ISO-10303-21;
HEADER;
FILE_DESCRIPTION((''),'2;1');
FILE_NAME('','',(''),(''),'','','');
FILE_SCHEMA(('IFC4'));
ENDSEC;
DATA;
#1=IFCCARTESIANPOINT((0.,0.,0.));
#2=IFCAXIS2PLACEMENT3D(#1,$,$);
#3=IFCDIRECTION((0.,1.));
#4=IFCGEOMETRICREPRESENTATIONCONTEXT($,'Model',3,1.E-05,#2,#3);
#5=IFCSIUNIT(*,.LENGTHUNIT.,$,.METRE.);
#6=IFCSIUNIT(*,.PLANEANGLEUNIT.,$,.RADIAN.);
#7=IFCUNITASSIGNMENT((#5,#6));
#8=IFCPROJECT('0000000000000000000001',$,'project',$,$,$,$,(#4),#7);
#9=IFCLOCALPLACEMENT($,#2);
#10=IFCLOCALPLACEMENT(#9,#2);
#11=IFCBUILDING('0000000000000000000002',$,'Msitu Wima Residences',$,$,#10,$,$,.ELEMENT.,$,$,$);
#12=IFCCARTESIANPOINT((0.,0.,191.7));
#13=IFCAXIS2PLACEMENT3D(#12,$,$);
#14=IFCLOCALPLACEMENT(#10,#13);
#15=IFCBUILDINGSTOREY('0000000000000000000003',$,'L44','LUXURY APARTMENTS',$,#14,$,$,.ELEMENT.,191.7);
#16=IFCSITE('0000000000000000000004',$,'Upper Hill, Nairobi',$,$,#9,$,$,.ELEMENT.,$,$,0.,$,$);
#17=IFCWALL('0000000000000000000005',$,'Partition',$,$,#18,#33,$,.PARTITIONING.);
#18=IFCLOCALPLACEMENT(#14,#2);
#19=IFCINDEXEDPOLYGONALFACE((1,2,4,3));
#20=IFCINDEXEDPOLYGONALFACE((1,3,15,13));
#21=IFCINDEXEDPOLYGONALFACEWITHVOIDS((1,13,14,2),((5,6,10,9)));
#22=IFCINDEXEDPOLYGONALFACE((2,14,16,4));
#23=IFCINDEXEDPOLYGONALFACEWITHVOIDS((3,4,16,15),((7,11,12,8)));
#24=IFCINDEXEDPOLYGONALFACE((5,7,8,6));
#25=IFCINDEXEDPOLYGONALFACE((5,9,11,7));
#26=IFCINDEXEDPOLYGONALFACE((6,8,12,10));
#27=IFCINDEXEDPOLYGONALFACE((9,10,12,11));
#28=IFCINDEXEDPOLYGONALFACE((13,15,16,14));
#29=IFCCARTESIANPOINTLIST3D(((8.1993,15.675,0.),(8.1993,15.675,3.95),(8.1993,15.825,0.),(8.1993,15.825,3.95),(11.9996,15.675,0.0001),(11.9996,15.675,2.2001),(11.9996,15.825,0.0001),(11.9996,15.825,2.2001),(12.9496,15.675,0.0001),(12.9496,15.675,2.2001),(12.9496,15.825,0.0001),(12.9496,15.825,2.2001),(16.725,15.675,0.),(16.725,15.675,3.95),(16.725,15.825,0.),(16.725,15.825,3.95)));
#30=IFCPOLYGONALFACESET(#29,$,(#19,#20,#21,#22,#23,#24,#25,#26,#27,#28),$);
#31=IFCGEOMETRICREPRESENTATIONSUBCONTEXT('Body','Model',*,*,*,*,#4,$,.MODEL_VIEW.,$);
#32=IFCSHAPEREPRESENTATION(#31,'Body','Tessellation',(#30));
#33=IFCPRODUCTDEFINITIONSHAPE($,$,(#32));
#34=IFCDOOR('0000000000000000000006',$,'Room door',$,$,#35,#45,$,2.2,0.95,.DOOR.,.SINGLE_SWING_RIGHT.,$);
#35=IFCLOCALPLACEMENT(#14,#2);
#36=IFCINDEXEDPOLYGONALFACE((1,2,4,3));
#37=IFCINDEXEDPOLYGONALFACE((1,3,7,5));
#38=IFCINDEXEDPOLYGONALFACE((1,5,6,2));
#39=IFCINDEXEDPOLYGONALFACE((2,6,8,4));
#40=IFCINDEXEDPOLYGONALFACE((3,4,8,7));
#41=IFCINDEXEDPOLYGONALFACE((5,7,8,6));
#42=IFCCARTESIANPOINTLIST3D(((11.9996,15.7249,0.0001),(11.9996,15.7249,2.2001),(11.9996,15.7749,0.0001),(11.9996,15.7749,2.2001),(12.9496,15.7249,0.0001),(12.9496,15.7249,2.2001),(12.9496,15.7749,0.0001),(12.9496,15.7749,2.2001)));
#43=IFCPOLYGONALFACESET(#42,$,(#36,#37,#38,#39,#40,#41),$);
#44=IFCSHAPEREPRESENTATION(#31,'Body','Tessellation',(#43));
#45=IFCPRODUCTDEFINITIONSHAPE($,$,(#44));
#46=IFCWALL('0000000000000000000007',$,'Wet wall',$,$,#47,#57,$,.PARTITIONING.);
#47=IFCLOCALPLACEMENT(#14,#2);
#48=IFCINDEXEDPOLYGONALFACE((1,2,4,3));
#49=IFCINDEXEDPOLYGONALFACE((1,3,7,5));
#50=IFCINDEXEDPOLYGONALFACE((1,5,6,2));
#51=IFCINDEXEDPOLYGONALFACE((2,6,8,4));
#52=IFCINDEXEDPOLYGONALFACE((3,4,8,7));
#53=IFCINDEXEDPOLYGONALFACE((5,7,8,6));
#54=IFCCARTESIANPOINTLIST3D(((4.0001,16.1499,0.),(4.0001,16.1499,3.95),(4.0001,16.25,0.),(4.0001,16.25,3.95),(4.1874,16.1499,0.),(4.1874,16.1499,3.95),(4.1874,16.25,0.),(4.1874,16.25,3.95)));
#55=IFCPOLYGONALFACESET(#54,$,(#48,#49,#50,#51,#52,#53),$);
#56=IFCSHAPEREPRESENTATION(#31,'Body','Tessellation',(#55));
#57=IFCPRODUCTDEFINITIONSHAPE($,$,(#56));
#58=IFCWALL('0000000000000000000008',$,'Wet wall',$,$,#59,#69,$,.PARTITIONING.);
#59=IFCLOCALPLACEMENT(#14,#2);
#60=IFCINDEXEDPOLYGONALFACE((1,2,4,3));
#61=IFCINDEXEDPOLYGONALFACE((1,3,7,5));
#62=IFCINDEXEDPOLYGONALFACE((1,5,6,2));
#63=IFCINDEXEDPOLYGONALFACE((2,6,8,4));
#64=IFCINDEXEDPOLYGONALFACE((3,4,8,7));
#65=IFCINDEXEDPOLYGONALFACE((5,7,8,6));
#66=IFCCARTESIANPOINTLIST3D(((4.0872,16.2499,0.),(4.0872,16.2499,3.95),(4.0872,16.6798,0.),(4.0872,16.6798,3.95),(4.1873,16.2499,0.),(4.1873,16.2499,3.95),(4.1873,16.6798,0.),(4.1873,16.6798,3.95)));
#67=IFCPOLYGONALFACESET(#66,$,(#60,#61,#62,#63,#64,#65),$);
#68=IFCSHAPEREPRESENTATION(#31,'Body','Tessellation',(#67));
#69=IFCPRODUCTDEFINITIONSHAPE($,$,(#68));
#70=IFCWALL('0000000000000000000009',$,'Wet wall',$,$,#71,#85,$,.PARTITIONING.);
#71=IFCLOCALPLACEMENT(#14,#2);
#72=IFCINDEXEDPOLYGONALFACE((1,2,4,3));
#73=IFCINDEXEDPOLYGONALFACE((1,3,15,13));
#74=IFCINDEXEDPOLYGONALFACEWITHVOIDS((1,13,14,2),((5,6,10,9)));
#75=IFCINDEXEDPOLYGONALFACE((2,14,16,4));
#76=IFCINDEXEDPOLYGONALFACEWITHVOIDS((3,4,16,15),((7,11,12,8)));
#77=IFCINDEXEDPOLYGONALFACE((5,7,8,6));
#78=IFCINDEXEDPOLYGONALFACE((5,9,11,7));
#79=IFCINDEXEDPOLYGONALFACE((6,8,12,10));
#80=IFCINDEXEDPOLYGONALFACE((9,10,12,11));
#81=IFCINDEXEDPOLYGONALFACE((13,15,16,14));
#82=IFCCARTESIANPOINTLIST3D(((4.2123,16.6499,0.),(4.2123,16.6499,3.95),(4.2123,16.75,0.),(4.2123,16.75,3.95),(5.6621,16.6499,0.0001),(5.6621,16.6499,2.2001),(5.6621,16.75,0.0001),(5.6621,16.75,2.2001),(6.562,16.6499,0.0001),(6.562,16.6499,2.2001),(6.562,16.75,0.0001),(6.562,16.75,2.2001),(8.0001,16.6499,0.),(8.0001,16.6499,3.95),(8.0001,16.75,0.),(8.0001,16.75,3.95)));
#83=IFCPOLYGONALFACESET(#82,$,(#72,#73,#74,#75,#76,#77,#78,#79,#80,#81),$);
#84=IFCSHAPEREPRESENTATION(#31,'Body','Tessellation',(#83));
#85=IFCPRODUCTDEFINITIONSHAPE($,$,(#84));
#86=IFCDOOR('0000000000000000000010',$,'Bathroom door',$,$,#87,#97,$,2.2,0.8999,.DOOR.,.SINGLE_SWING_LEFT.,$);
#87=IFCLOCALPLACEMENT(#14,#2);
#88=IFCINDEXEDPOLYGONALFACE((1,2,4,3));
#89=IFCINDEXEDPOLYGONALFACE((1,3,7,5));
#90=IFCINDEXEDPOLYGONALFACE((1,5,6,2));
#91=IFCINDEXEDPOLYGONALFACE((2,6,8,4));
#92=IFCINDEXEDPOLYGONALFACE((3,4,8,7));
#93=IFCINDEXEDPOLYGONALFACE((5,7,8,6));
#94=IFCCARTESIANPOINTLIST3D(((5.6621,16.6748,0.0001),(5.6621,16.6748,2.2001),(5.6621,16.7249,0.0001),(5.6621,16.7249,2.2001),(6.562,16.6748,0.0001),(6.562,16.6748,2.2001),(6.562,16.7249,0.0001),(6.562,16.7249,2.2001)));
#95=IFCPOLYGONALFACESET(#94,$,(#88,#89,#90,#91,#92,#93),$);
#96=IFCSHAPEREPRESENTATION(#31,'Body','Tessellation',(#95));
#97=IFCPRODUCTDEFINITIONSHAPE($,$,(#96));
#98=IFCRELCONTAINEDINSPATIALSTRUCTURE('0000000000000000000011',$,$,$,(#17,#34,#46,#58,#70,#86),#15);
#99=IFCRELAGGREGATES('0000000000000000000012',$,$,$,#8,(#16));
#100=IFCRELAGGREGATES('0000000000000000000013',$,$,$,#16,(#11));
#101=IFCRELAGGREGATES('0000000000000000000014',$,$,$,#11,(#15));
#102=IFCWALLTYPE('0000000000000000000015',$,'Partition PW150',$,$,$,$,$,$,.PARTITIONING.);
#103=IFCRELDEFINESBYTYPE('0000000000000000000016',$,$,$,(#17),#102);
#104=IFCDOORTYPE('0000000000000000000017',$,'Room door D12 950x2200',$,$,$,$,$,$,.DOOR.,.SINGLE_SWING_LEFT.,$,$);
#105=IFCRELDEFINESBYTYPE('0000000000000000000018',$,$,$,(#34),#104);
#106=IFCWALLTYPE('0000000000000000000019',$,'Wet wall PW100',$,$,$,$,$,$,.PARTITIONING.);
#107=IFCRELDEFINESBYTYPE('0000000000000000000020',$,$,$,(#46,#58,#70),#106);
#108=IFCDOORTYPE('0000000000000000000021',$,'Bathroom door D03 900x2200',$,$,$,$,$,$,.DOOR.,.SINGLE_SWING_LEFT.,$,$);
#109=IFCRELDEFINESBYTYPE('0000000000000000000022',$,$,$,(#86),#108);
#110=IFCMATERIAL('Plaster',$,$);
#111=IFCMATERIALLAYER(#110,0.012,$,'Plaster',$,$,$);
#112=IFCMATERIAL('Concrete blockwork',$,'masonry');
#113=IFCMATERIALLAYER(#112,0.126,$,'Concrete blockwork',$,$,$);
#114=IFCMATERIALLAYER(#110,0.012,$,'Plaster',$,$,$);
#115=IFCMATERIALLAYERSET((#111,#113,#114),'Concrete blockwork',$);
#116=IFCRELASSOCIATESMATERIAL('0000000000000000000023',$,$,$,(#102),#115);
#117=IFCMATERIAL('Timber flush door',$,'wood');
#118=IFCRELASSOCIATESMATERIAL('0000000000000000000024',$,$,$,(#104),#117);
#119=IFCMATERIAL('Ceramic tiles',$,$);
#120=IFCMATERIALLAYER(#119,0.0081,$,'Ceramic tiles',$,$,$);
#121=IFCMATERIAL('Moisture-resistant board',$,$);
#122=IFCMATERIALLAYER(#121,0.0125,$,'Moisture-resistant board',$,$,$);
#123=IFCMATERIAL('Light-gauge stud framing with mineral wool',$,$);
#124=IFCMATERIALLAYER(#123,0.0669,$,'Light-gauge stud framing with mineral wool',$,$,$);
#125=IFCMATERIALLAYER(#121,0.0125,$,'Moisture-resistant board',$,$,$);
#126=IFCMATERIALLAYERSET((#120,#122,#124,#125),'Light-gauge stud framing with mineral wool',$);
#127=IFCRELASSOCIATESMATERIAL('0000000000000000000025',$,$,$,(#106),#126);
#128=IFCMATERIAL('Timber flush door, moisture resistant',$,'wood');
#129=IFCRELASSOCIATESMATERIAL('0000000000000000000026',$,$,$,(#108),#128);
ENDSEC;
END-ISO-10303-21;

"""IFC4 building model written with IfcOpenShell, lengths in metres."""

from ifc_helpers import new_model, si_unit, direction, frame, frame_2d, origin, place, context, subcontext, project, spatial, rectangle, extrude, material, layer, layer_set, type_object, element, fill, save


model = new_model("IFC4")

# Units and contexts
model_context = context("Model", 3, precision=1e-05, world=origin(), true_north=direction((0.0, 1.0)))
body_context = subcontext(model_context, "Body", "Model", "MODEL_VIEW")
ifc_project = project(units=[si_unit("LENGTHUNIT", "METRE"), si_unit("PLANEANGLEUNIT", "RADIAN")], contexts=[model_context])

# Site, building, storey
site_placement = place(None, origin())
site = spatial("IfcSite", under=ifc_project, at=site_placement, Name="Upper Hill, Nairobi", CompositionType="ELEMENT", RefElevation=0.0)
building_placement = place(site_placement, origin())
building = spatial("IfcBuilding", under=site, at=building_placement, Name="Msitu Wima Residences", CompositionType="ELEMENT")
storey_placement = place(building_placement, frame((0.0, 0.0, 191.7)))
storey = spatial("IfcBuildingStorey", under=building, at=storey_placement, Name="L44", Description="LUXURY APARTMENTS", CompositionType="ELEMENT", Elevation=191.7)

# Shared definitions
ifc_material_1 = material(Name="Plaster")
ifc_layer_1 = layer(ifc_material_1, 0.012, Name="Plaster")
ifc_material_2 = material(Name="Concrete blockwork", Category="masonry")
ifc_layer_2 = layer(ifc_material_2, 0.126, Name="Concrete blockwork")
ifc_layer_3 = layer(ifc_material_1, 0.012, Name="Plaster")
ifc_layer_set_1 = layer_set([ifc_layer_1, ifc_layer_2, ifc_layer_3], Name="Concrete blockwork")
wall_type_1 = type_object("IfcWallType", Name="Partition PW150", PredefinedType="PARTITIONING", material=ifc_layer_set_1)
ifc_material_3 = material(Name="Timber flush door", Category="wood")
door_type_1 = type_object("IfcDoorType", Name="Room door D12 950x2200", OperationType="SINGLE_SWING_LEFT", PredefinedType="DOOR", material=ifc_material_3)

# Wall, opening, door
wall_1_placement = place(storey_placement, frame((8.1995, 15.75, 0.0), z_axis=(0.0, 0.0, 1.0), x_axis=(1.0, 0.0, 0.0)))
wall_1 = element("IfcWall", 1, at=wall_1_placement, inside=storey, type_object=wall_type_1, Name="Partition", PredefinedType="PARTITIONING", context=body_context, shape_type="SweptSolid", body=[
    extrude(rectangle(XDim=8.5256, YDim=0.1499, at=frame_2d((4.2627, 0.0))), origin(), (0.0, 0.0, 1.0), 3.95),
])
opening_1_placement = place(wall_1_placement, frame((3.8, 0.0, 0.0)))
opening_1 = element("IfcOpeningElement", 2, at=opening_1_placement, cuts=wall_1, PredefinedType="OPENING", context=body_context, shape_type="SweptSolid", body=[
    extrude(rectangle(XDim=0.95, YDim=2.2, at=frame_2d((0.4751, 1.1001))), frame((0.0, 0.085, 0.0), z_axis=(0.0, -1.0, 0.0), x_axis=(1.0, 0.0, 0.0)), (0.0, 0.0, 1.0), 0.1699),
])
door_1_placement = place(opening_1_placement, origin())
door_1 = element("IfcDoor", 3, at=door_1_placement, inside=storey, type_object=door_type_1, Name="Room door", OperationType="SINGLE_SWING_RIGHT", OverallHeight=2.2, OverallWidth=0.95, PredefinedType="DOOR", context=body_context, shape_type="SweptSolid", body=[
    extrude(rectangle(XDim=0.95, YDim=2.2, at=frame_2d((0.4751, 1.1001))), frame((0.0, 0.0249, 0.0), z_axis=(0.0, -1.0, 0.0), x_axis=(1.0, 0.0, 0.0)), (0.0, 0.0, 1.0), 0.05),
])
fill(opening_1, door_1)

# Walls
ifc_material_4 = material(Name="Ceramic tiles")
ifc_layer_4 = layer(ifc_material_4, 0.0081, Name="Ceramic tiles")
ifc_material_5 = material(Name="Moisture-resistant board")
ifc_layer_5 = layer(ifc_material_5, 0.0125, Name="Moisture-resistant board")
ifc_material_6 = material(Name="Light-gauge stud framing with mineral wool")
ifc_layer_6 = layer(ifc_material_6, 0.0669, Name="Light-gauge stud framing with mineral wool")
ifc_layer_7 = layer(ifc_material_5, 0.0125, Name="Moisture-resistant board")
ifc_layer_set_2 = layer_set([ifc_layer_4, ifc_layer_5, ifc_layer_6, ifc_layer_7], Name="Light-gauge stud framing with mineral wool")
wall_type_2 = type_object("IfcWallType", Name="Wet wall PW100", PredefinedType="PARTITIONING", material=ifc_layer_set_2)
wall_2_placement = place(storey_placement, frame((4.0, 16.2, 0.0), z_axis=(0.0, 0.0, 1.0), x_axis=(1.0, 0.0, 0.0)))
element("IfcWall", 4, at=wall_2_placement, inside=storey, type_object=wall_type_2, Name="Wet wall", PredefinedType="PARTITIONING", context=body_context, shape_type="SweptSolid", body=[
    extrude(rectangle(XDim=0.1873, YDim=0.1001, at=frame_2d((0.0938, 0.0))), origin(), (0.0, 0.0, 1.0), 3.95),
])
wall_3_placement = place(storey_placement, frame((4.1372, 16.25, 0.0), z_axis=(0.0, 0.0, 1.0), x_axis=(0.0, 1.0, 0.0)))
element("IfcWall", 5, at=wall_3_placement, inside=storey, type_object=wall_type_2, Name="Wet wall", PredefinedType="PARTITIONING", context=body_context, shape_type="SweptSolid", body=[
    extrude(rectangle(XDim=0.4299, YDim=0.1001, at=frame_2d((0.2148, 0.0))), origin(), (0.0, 0.0, 1.0), 3.95),
])

# Wall, opening, door
wall_4_placement = place(storey_placement, frame((4.2122, 16.7, 0.0), z_axis=(0.0, 0.0, 1.0), x_axis=(1.0, 0.0, 0.0)))
wall_4 = element("IfcWall", 6, at=wall_4_placement, inside=storey, type_object=wall_type_2, Name="Wet wall", PredefinedType="PARTITIONING", context=body_context, shape_type="SweptSolid", body=[
    extrude(rectangle(XDim=3.7878, YDim=0.1001, at=frame_2d((1.894, 0.0))), origin(), (0.0, 0.0, 1.0), 3.95),
])
opening_2_placement = place(wall_4_placement, frame((1.45, 0.0, 0.0)))
opening_2 = element("IfcOpeningElement", 7, at=opening_2_placement, cuts=wall_4, PredefinedType="OPENING", context=body_context, shape_type="SweptSolid", body=[
    extrude(rectangle(XDim=0.8999, YDim=2.2, at=frame_2d((0.45, 1.1001))), frame((0.0, 0.0601, 0.0), z_axis=(0.0, -1.0, 0.0), x_axis=(1.0, 0.0, 0.0)), (0.0, 0.0, 1.0), 0.1201),
])
ifc_material_7 = material(Name="Timber flush door, moisture resistant", Category="wood")
door_type_2 = type_object("IfcDoorType", Name="Bathroom door D03 900x2200", OperationType="SINGLE_SWING_LEFT", PredefinedType="DOOR", material=ifc_material_7)
door_2_placement = place(opening_2_placement, origin())
door_2 = element("IfcDoor", 8, at=door_2_placement, inside=storey, type_object=door_type_2, Name="Bathroom door", OperationType="SINGLE_SWING_LEFT", OverallHeight=2.2, OverallWidth=0.8999, PredefinedType="DOOR", context=body_context, shape_type="SweptSolid", body=[
    extrude(rectangle(XDim=0.8999, YDim=2.2, at=frame_2d((0.45, 1.1001))), frame((0.0, 0.0249, 0.0), z_axis=(0.0, -1.0, 0.0), x_axis=(1.0, 0.0, 0.0)), (0.0, 0.0, 1.0), 0.05),
])
fill(opening_2, door_2)

save(model, "model.ifc")
